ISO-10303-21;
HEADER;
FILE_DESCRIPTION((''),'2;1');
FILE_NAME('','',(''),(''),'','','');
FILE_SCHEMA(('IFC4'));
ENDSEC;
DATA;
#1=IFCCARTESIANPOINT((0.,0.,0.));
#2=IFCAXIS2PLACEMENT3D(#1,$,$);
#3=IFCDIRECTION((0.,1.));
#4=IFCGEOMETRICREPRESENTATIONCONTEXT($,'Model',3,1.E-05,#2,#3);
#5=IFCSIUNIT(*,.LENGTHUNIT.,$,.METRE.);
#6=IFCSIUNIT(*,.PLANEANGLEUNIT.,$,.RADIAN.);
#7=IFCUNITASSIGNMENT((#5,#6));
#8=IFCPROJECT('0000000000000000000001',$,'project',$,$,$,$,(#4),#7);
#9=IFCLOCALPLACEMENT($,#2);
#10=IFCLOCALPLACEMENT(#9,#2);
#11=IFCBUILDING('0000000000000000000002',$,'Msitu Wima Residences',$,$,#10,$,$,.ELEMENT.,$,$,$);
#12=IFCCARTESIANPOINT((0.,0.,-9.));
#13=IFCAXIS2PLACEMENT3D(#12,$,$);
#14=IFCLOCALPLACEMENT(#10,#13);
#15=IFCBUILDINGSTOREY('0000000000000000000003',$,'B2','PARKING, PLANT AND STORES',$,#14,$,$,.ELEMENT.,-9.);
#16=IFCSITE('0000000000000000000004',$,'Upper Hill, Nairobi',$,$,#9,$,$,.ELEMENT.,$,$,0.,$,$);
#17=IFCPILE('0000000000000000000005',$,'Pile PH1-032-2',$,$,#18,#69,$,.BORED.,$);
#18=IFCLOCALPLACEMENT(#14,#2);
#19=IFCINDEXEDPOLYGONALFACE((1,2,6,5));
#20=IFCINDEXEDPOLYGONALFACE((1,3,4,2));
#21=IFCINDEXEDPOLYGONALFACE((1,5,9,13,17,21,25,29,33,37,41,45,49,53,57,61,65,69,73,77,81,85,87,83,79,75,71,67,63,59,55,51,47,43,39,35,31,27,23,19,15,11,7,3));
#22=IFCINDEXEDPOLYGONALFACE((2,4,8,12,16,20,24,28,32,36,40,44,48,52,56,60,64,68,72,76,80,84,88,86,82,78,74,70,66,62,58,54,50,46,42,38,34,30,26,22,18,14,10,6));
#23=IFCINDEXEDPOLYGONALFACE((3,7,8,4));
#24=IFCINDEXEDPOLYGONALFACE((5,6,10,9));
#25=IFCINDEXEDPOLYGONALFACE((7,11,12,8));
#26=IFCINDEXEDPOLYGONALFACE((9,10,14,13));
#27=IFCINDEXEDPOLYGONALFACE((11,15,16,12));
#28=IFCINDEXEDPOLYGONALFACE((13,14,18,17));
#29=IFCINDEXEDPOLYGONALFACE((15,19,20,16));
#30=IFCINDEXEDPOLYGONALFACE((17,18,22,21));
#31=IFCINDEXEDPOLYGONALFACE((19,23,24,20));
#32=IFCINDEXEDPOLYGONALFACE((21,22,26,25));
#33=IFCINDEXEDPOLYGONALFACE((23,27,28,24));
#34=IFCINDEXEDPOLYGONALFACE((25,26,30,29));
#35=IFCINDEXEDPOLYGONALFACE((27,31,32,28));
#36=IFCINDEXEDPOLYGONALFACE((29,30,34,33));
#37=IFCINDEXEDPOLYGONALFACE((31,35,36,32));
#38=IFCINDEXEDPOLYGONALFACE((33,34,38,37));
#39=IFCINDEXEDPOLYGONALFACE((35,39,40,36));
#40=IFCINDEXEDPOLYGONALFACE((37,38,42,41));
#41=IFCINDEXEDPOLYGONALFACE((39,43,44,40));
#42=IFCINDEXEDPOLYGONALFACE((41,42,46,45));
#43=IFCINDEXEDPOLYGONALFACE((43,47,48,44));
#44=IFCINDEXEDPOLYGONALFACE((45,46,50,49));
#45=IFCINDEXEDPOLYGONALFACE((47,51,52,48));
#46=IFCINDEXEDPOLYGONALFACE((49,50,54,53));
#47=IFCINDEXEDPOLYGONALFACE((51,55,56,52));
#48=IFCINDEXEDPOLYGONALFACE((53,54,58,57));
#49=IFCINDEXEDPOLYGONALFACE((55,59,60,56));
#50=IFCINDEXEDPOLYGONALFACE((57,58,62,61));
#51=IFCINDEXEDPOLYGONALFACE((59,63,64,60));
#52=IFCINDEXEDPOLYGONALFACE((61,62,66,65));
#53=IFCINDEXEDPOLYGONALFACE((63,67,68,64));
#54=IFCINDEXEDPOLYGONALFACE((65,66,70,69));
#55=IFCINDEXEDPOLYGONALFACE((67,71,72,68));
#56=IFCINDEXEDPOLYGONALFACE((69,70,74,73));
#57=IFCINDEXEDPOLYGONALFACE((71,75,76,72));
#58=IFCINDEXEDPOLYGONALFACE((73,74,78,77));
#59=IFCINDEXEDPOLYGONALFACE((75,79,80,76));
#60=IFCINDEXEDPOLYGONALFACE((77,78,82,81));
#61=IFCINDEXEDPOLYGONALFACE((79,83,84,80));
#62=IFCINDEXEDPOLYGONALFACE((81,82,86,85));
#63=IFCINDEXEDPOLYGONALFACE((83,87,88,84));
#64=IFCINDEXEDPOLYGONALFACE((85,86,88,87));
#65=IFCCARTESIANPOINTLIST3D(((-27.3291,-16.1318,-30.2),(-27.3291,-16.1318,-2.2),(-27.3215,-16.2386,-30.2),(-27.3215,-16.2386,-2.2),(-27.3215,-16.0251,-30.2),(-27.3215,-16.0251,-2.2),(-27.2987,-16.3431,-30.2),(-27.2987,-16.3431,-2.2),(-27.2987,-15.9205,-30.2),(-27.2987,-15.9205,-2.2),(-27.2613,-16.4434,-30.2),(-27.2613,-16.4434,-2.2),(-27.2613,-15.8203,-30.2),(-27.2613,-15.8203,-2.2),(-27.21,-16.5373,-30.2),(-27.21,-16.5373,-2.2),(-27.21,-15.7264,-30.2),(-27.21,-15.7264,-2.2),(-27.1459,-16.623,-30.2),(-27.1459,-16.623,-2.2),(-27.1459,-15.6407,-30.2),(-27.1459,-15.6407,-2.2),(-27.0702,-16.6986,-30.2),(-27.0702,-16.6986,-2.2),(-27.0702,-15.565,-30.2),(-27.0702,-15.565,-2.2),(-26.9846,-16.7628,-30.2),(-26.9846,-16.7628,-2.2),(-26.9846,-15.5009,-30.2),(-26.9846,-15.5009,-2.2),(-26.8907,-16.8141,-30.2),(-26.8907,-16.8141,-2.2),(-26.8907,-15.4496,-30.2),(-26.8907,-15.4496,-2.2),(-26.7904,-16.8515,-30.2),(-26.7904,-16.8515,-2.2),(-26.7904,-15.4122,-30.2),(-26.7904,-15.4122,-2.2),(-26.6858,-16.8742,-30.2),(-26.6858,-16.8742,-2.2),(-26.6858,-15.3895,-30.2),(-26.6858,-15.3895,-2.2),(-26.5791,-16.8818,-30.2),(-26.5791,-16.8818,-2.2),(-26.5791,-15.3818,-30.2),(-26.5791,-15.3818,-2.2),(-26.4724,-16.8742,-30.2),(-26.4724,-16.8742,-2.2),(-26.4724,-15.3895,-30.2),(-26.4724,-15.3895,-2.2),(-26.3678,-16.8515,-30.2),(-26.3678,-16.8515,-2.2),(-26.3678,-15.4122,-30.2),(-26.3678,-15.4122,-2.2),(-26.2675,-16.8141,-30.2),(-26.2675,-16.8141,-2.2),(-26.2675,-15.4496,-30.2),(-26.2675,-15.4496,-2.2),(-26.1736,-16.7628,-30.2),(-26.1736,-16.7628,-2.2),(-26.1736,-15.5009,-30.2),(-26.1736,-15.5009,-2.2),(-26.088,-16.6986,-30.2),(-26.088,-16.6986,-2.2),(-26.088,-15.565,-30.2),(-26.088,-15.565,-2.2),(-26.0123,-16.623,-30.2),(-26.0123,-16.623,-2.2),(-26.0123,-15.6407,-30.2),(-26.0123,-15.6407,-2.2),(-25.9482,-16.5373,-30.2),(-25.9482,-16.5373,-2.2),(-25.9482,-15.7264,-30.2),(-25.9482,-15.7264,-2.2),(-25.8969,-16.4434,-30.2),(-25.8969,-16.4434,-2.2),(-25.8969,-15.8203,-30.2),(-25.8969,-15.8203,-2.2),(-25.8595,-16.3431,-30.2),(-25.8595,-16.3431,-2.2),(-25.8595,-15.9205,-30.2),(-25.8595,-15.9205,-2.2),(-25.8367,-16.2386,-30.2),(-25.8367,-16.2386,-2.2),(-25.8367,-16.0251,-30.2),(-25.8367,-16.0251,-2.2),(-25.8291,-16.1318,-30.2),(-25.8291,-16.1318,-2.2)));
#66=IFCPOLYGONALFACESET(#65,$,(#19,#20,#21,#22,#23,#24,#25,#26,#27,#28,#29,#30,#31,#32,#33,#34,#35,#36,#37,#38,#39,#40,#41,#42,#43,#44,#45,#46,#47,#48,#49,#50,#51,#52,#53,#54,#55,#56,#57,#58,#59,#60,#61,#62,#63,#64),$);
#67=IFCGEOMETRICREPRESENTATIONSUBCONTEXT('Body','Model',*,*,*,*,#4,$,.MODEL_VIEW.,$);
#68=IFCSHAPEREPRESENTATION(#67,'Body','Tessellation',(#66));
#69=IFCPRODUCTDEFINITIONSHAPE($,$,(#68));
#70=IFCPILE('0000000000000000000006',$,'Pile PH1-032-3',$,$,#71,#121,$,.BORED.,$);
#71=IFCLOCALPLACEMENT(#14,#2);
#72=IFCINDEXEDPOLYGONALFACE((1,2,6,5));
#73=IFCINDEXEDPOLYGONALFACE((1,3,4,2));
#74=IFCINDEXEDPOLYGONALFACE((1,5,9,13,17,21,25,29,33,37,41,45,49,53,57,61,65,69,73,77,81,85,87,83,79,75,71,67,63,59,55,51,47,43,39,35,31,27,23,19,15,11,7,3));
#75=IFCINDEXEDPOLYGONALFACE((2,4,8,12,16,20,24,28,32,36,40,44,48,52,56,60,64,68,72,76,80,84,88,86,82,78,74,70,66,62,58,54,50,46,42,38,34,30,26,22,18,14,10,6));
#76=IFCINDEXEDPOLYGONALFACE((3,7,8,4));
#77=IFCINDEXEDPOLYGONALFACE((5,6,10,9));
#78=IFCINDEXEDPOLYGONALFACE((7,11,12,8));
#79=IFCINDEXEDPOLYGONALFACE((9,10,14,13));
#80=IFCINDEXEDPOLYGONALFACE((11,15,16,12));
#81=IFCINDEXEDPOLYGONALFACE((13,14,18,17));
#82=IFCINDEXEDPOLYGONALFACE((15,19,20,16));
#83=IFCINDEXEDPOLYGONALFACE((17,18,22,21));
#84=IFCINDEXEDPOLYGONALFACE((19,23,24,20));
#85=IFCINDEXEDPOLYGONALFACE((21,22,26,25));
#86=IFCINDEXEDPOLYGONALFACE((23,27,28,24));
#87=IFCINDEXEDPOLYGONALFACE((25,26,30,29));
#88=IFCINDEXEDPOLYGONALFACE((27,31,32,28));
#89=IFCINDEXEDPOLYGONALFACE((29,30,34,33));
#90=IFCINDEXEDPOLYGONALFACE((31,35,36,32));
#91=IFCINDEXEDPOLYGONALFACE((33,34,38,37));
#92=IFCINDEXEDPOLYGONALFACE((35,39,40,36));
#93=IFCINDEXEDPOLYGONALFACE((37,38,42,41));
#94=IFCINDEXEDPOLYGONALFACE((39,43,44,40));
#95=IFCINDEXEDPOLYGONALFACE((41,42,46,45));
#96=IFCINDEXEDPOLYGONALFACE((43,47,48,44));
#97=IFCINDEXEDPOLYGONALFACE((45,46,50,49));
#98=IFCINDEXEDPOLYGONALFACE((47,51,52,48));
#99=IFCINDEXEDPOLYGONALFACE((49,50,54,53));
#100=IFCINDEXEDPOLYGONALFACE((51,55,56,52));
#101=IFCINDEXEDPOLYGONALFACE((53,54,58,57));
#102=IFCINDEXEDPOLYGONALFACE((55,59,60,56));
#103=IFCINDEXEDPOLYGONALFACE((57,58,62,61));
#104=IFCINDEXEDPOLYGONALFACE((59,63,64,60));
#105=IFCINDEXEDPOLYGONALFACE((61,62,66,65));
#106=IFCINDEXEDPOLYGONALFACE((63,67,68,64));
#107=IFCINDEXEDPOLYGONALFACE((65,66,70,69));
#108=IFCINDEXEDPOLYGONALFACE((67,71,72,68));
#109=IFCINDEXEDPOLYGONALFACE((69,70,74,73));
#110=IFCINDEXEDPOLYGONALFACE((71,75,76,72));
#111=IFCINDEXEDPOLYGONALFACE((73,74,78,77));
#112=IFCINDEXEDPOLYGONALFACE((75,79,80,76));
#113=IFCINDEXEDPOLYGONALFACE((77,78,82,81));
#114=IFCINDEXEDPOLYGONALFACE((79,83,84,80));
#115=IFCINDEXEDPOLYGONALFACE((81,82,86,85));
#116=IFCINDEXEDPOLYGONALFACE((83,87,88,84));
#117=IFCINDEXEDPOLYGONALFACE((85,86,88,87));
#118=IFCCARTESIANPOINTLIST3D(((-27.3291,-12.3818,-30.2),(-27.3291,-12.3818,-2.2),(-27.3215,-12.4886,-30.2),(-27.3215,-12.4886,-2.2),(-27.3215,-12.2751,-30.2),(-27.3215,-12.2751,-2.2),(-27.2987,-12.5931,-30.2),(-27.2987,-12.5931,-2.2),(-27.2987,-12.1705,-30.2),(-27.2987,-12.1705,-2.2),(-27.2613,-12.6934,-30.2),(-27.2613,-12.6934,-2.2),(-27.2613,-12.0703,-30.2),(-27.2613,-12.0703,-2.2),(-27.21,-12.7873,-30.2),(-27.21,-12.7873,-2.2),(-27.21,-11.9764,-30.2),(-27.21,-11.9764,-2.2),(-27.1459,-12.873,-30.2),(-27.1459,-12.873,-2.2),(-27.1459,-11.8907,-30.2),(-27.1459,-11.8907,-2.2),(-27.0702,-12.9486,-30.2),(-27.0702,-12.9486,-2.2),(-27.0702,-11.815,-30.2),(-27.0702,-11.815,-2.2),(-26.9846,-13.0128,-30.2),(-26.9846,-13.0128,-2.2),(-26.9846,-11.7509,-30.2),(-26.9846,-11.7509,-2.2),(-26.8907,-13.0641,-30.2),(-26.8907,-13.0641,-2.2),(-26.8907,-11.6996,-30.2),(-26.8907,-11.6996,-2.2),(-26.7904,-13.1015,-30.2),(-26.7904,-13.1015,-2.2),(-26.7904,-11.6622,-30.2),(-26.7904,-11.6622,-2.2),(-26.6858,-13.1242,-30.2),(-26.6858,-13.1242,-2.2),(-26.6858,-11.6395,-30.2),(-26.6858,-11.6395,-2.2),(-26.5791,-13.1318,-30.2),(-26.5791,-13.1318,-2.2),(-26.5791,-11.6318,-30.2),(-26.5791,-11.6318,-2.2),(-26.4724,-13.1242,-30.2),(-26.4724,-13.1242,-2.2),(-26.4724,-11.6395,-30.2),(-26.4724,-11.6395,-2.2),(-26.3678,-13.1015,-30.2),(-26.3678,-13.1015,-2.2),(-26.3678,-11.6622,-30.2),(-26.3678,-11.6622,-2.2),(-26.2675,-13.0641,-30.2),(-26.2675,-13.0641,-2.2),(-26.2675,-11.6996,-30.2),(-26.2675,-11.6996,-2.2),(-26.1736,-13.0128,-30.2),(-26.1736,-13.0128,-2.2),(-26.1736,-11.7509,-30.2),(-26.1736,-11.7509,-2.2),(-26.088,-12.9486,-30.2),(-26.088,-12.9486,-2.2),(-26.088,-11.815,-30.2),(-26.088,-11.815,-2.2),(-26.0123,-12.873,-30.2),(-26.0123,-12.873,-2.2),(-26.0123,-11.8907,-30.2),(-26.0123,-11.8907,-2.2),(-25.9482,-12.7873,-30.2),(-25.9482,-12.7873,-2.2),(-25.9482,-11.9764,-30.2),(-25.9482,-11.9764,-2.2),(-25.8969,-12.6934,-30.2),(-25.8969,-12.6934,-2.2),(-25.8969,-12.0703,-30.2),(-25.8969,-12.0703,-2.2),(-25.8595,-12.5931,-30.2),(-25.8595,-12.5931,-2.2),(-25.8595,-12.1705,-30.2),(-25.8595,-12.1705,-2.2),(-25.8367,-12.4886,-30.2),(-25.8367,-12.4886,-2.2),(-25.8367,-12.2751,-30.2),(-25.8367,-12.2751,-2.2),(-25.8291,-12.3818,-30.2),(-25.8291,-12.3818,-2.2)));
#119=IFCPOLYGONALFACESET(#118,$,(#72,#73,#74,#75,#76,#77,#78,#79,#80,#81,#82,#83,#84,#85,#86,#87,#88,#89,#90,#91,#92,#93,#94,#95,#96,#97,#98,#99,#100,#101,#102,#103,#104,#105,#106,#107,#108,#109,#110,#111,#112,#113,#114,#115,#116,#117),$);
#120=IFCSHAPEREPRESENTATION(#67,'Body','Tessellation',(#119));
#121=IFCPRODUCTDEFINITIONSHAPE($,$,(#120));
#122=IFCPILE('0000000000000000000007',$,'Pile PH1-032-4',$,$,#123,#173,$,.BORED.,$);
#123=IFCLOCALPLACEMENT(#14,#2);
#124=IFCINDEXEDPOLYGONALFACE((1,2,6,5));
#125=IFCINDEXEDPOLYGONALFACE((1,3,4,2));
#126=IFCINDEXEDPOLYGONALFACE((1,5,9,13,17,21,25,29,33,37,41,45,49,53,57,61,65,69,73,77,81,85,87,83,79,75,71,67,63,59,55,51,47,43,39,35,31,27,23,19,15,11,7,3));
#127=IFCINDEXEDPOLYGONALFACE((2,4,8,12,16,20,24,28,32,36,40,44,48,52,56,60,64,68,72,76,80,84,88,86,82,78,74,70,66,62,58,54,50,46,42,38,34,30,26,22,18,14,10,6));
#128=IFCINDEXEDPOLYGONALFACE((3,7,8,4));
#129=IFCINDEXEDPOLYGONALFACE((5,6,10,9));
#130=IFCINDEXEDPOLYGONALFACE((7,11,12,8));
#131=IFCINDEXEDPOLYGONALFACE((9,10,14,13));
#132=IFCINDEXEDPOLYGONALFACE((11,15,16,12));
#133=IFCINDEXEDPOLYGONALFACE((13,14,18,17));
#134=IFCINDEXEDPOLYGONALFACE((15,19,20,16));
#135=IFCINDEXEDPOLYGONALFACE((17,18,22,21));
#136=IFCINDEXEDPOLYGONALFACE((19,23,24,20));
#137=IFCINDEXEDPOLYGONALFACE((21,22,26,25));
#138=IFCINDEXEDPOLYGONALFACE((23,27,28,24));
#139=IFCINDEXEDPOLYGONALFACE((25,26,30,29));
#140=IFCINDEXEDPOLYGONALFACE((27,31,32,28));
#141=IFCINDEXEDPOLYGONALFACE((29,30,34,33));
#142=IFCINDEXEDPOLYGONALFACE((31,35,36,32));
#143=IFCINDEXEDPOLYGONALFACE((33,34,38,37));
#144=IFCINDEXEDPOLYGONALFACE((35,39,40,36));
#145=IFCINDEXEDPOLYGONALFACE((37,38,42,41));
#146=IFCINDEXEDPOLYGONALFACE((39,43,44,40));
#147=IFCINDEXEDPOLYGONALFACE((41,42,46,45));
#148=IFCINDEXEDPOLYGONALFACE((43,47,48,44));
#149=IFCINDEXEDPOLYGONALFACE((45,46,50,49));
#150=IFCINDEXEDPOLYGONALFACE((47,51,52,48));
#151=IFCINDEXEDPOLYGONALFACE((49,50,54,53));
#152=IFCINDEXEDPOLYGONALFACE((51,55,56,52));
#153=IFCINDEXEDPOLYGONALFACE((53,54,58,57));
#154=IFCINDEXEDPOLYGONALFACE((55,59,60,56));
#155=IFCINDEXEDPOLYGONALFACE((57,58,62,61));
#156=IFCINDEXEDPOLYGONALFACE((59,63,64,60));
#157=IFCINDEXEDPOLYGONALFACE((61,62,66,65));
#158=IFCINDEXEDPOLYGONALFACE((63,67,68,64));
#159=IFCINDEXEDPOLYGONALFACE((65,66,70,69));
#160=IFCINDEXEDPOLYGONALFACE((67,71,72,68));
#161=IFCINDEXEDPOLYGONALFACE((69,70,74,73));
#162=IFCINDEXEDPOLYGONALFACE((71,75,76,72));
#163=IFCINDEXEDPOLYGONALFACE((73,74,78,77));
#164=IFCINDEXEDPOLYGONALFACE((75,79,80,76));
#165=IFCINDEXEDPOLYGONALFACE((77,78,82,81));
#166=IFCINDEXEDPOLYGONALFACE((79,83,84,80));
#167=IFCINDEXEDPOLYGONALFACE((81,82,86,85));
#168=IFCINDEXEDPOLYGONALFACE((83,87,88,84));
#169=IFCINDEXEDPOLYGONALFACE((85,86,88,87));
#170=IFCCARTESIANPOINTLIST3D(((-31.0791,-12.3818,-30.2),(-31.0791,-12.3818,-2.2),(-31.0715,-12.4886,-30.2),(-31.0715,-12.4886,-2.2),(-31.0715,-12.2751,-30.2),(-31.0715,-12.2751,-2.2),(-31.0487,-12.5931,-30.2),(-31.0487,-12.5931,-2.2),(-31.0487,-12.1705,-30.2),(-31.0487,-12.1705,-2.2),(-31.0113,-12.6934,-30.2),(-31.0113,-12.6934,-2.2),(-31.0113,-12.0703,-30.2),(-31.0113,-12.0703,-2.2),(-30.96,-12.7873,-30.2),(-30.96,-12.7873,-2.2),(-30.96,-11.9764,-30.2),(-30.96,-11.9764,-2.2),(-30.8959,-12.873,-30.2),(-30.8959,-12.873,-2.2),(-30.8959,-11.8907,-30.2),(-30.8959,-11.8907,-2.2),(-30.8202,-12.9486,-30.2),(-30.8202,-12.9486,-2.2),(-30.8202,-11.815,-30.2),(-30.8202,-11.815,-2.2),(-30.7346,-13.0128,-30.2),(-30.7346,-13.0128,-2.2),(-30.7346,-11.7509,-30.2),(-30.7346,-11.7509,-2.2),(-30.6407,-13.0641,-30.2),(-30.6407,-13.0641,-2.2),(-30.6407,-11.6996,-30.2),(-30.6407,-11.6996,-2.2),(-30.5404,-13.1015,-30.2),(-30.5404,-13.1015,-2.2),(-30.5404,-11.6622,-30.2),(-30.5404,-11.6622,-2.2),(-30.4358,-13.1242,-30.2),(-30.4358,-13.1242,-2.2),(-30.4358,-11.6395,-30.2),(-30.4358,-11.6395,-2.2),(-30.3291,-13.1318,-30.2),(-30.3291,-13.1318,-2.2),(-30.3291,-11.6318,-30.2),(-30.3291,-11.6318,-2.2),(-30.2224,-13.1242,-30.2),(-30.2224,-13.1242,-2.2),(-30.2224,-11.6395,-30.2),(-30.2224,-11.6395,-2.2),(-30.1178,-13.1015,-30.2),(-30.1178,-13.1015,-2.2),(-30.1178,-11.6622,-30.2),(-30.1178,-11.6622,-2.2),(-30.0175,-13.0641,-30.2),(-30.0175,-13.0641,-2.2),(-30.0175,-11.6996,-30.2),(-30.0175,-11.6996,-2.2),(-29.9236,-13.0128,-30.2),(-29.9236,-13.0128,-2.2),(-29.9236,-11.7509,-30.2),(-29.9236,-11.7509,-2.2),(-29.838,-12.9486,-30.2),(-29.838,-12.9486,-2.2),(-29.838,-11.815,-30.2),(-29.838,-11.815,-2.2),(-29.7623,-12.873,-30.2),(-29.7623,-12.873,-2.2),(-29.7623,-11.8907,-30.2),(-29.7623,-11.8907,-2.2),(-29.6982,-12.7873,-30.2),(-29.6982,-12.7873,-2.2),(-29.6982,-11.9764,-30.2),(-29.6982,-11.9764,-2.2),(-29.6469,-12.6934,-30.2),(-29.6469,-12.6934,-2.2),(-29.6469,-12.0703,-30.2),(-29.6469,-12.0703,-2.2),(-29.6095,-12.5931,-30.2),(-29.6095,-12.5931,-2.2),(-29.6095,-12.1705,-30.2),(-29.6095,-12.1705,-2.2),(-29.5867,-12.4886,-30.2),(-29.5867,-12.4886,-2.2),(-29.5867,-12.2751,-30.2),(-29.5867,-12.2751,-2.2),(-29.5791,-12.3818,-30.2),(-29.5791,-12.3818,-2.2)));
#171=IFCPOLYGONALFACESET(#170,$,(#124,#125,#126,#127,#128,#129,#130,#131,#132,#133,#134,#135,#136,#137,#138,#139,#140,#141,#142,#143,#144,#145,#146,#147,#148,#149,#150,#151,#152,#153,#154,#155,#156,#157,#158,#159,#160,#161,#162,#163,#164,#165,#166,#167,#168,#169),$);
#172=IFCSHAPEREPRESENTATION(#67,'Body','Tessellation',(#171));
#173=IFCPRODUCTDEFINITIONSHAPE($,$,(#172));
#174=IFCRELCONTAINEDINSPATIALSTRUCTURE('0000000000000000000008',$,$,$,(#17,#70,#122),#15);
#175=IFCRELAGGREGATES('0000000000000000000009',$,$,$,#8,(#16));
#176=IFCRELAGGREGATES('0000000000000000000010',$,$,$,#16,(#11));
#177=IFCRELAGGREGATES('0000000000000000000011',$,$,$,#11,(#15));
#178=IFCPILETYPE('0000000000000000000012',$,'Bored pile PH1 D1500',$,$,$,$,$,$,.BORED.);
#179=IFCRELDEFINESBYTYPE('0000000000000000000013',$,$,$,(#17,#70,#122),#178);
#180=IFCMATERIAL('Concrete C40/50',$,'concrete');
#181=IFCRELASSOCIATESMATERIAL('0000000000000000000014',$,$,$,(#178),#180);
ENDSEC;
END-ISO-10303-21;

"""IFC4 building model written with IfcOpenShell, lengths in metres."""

from ifc_helpers import new_model, si_unit, direction, frame, origin, origin_2d, place, context, subcontext, project, spatial, circle, extrude, material, type_object, element, save


model = new_model("IFC4")

# Units and contexts
model_context = context("Model", 3, precision=1e-05, world=origin(), true_north=direction((0.0, 1.0)))
body_context = subcontext(model_context, "Body", "Model", "MODEL_VIEW")
ifc_project = project(units=[si_unit("LENGTHUNIT", "METRE"), si_unit("PLANEANGLEUNIT", "RADIAN")], contexts=[model_context])

# Site, building, storey
site_placement = place(None, origin())
site = spatial("IfcSite", under=ifc_project, at=site_placement, Name="Upper Hill, Nairobi", CompositionType="ELEMENT", RefElevation=0.0)
building_placement = place(site_placement, origin())
building = spatial("IfcBuilding", under=site, at=building_placement, Name="Msitu Wima Residences", CompositionType="ELEMENT")
storey_placement = place(building_placement, frame((0.0, 0.0, -9.0)))
storey = spatial("IfcBuildingStorey", under=building, at=storey_placement, Name="B2", Description="PARKING, PLANT AND STORES", CompositionType="ELEMENT", Elevation=-9.0)

# Piles
ifc_material_1 = material(Name="Concrete C40/50", Category="concrete")
pile_type_1 = type_object("IfcPileType", Name="Bored pile PH1 D1500", PredefinedType="BORED", material=ifc_material_1)
for number, where, z_axis, x_axis, name in (
    (1, (-26.5791, -16.1318, -2.2), (0.0, 0.0, -1.0), (1.0, 0.0, 0.0), "Pile PH1-032-2"),
    (2, (-26.5791, -12.3818, -2.2), (0.0, 0.0, -1.0), (1.0, 0.0, 0.0), "Pile PH1-032-3"),
    (3, (-30.3291, -12.3818, -2.2), (0.0, 0.0, -1.0), (1.0, 0.0, 0.0), "Pile PH1-032-4"),
):
    element("IfcPile", number, at=place(storey_placement, frame(where, z_axis=z_axis, x_axis=x_axis)), inside=storey, type_object=pile_type_1, Name=name, PredefinedType="BORED", context=body_context, shape_type="SweptSolid", body=[
        extrude(circle(Radius=0.75, at=origin_2d()), origin(), (0.0, 0.0, 1.0), 28.0),
    ])

save(model, "model.ifc")
